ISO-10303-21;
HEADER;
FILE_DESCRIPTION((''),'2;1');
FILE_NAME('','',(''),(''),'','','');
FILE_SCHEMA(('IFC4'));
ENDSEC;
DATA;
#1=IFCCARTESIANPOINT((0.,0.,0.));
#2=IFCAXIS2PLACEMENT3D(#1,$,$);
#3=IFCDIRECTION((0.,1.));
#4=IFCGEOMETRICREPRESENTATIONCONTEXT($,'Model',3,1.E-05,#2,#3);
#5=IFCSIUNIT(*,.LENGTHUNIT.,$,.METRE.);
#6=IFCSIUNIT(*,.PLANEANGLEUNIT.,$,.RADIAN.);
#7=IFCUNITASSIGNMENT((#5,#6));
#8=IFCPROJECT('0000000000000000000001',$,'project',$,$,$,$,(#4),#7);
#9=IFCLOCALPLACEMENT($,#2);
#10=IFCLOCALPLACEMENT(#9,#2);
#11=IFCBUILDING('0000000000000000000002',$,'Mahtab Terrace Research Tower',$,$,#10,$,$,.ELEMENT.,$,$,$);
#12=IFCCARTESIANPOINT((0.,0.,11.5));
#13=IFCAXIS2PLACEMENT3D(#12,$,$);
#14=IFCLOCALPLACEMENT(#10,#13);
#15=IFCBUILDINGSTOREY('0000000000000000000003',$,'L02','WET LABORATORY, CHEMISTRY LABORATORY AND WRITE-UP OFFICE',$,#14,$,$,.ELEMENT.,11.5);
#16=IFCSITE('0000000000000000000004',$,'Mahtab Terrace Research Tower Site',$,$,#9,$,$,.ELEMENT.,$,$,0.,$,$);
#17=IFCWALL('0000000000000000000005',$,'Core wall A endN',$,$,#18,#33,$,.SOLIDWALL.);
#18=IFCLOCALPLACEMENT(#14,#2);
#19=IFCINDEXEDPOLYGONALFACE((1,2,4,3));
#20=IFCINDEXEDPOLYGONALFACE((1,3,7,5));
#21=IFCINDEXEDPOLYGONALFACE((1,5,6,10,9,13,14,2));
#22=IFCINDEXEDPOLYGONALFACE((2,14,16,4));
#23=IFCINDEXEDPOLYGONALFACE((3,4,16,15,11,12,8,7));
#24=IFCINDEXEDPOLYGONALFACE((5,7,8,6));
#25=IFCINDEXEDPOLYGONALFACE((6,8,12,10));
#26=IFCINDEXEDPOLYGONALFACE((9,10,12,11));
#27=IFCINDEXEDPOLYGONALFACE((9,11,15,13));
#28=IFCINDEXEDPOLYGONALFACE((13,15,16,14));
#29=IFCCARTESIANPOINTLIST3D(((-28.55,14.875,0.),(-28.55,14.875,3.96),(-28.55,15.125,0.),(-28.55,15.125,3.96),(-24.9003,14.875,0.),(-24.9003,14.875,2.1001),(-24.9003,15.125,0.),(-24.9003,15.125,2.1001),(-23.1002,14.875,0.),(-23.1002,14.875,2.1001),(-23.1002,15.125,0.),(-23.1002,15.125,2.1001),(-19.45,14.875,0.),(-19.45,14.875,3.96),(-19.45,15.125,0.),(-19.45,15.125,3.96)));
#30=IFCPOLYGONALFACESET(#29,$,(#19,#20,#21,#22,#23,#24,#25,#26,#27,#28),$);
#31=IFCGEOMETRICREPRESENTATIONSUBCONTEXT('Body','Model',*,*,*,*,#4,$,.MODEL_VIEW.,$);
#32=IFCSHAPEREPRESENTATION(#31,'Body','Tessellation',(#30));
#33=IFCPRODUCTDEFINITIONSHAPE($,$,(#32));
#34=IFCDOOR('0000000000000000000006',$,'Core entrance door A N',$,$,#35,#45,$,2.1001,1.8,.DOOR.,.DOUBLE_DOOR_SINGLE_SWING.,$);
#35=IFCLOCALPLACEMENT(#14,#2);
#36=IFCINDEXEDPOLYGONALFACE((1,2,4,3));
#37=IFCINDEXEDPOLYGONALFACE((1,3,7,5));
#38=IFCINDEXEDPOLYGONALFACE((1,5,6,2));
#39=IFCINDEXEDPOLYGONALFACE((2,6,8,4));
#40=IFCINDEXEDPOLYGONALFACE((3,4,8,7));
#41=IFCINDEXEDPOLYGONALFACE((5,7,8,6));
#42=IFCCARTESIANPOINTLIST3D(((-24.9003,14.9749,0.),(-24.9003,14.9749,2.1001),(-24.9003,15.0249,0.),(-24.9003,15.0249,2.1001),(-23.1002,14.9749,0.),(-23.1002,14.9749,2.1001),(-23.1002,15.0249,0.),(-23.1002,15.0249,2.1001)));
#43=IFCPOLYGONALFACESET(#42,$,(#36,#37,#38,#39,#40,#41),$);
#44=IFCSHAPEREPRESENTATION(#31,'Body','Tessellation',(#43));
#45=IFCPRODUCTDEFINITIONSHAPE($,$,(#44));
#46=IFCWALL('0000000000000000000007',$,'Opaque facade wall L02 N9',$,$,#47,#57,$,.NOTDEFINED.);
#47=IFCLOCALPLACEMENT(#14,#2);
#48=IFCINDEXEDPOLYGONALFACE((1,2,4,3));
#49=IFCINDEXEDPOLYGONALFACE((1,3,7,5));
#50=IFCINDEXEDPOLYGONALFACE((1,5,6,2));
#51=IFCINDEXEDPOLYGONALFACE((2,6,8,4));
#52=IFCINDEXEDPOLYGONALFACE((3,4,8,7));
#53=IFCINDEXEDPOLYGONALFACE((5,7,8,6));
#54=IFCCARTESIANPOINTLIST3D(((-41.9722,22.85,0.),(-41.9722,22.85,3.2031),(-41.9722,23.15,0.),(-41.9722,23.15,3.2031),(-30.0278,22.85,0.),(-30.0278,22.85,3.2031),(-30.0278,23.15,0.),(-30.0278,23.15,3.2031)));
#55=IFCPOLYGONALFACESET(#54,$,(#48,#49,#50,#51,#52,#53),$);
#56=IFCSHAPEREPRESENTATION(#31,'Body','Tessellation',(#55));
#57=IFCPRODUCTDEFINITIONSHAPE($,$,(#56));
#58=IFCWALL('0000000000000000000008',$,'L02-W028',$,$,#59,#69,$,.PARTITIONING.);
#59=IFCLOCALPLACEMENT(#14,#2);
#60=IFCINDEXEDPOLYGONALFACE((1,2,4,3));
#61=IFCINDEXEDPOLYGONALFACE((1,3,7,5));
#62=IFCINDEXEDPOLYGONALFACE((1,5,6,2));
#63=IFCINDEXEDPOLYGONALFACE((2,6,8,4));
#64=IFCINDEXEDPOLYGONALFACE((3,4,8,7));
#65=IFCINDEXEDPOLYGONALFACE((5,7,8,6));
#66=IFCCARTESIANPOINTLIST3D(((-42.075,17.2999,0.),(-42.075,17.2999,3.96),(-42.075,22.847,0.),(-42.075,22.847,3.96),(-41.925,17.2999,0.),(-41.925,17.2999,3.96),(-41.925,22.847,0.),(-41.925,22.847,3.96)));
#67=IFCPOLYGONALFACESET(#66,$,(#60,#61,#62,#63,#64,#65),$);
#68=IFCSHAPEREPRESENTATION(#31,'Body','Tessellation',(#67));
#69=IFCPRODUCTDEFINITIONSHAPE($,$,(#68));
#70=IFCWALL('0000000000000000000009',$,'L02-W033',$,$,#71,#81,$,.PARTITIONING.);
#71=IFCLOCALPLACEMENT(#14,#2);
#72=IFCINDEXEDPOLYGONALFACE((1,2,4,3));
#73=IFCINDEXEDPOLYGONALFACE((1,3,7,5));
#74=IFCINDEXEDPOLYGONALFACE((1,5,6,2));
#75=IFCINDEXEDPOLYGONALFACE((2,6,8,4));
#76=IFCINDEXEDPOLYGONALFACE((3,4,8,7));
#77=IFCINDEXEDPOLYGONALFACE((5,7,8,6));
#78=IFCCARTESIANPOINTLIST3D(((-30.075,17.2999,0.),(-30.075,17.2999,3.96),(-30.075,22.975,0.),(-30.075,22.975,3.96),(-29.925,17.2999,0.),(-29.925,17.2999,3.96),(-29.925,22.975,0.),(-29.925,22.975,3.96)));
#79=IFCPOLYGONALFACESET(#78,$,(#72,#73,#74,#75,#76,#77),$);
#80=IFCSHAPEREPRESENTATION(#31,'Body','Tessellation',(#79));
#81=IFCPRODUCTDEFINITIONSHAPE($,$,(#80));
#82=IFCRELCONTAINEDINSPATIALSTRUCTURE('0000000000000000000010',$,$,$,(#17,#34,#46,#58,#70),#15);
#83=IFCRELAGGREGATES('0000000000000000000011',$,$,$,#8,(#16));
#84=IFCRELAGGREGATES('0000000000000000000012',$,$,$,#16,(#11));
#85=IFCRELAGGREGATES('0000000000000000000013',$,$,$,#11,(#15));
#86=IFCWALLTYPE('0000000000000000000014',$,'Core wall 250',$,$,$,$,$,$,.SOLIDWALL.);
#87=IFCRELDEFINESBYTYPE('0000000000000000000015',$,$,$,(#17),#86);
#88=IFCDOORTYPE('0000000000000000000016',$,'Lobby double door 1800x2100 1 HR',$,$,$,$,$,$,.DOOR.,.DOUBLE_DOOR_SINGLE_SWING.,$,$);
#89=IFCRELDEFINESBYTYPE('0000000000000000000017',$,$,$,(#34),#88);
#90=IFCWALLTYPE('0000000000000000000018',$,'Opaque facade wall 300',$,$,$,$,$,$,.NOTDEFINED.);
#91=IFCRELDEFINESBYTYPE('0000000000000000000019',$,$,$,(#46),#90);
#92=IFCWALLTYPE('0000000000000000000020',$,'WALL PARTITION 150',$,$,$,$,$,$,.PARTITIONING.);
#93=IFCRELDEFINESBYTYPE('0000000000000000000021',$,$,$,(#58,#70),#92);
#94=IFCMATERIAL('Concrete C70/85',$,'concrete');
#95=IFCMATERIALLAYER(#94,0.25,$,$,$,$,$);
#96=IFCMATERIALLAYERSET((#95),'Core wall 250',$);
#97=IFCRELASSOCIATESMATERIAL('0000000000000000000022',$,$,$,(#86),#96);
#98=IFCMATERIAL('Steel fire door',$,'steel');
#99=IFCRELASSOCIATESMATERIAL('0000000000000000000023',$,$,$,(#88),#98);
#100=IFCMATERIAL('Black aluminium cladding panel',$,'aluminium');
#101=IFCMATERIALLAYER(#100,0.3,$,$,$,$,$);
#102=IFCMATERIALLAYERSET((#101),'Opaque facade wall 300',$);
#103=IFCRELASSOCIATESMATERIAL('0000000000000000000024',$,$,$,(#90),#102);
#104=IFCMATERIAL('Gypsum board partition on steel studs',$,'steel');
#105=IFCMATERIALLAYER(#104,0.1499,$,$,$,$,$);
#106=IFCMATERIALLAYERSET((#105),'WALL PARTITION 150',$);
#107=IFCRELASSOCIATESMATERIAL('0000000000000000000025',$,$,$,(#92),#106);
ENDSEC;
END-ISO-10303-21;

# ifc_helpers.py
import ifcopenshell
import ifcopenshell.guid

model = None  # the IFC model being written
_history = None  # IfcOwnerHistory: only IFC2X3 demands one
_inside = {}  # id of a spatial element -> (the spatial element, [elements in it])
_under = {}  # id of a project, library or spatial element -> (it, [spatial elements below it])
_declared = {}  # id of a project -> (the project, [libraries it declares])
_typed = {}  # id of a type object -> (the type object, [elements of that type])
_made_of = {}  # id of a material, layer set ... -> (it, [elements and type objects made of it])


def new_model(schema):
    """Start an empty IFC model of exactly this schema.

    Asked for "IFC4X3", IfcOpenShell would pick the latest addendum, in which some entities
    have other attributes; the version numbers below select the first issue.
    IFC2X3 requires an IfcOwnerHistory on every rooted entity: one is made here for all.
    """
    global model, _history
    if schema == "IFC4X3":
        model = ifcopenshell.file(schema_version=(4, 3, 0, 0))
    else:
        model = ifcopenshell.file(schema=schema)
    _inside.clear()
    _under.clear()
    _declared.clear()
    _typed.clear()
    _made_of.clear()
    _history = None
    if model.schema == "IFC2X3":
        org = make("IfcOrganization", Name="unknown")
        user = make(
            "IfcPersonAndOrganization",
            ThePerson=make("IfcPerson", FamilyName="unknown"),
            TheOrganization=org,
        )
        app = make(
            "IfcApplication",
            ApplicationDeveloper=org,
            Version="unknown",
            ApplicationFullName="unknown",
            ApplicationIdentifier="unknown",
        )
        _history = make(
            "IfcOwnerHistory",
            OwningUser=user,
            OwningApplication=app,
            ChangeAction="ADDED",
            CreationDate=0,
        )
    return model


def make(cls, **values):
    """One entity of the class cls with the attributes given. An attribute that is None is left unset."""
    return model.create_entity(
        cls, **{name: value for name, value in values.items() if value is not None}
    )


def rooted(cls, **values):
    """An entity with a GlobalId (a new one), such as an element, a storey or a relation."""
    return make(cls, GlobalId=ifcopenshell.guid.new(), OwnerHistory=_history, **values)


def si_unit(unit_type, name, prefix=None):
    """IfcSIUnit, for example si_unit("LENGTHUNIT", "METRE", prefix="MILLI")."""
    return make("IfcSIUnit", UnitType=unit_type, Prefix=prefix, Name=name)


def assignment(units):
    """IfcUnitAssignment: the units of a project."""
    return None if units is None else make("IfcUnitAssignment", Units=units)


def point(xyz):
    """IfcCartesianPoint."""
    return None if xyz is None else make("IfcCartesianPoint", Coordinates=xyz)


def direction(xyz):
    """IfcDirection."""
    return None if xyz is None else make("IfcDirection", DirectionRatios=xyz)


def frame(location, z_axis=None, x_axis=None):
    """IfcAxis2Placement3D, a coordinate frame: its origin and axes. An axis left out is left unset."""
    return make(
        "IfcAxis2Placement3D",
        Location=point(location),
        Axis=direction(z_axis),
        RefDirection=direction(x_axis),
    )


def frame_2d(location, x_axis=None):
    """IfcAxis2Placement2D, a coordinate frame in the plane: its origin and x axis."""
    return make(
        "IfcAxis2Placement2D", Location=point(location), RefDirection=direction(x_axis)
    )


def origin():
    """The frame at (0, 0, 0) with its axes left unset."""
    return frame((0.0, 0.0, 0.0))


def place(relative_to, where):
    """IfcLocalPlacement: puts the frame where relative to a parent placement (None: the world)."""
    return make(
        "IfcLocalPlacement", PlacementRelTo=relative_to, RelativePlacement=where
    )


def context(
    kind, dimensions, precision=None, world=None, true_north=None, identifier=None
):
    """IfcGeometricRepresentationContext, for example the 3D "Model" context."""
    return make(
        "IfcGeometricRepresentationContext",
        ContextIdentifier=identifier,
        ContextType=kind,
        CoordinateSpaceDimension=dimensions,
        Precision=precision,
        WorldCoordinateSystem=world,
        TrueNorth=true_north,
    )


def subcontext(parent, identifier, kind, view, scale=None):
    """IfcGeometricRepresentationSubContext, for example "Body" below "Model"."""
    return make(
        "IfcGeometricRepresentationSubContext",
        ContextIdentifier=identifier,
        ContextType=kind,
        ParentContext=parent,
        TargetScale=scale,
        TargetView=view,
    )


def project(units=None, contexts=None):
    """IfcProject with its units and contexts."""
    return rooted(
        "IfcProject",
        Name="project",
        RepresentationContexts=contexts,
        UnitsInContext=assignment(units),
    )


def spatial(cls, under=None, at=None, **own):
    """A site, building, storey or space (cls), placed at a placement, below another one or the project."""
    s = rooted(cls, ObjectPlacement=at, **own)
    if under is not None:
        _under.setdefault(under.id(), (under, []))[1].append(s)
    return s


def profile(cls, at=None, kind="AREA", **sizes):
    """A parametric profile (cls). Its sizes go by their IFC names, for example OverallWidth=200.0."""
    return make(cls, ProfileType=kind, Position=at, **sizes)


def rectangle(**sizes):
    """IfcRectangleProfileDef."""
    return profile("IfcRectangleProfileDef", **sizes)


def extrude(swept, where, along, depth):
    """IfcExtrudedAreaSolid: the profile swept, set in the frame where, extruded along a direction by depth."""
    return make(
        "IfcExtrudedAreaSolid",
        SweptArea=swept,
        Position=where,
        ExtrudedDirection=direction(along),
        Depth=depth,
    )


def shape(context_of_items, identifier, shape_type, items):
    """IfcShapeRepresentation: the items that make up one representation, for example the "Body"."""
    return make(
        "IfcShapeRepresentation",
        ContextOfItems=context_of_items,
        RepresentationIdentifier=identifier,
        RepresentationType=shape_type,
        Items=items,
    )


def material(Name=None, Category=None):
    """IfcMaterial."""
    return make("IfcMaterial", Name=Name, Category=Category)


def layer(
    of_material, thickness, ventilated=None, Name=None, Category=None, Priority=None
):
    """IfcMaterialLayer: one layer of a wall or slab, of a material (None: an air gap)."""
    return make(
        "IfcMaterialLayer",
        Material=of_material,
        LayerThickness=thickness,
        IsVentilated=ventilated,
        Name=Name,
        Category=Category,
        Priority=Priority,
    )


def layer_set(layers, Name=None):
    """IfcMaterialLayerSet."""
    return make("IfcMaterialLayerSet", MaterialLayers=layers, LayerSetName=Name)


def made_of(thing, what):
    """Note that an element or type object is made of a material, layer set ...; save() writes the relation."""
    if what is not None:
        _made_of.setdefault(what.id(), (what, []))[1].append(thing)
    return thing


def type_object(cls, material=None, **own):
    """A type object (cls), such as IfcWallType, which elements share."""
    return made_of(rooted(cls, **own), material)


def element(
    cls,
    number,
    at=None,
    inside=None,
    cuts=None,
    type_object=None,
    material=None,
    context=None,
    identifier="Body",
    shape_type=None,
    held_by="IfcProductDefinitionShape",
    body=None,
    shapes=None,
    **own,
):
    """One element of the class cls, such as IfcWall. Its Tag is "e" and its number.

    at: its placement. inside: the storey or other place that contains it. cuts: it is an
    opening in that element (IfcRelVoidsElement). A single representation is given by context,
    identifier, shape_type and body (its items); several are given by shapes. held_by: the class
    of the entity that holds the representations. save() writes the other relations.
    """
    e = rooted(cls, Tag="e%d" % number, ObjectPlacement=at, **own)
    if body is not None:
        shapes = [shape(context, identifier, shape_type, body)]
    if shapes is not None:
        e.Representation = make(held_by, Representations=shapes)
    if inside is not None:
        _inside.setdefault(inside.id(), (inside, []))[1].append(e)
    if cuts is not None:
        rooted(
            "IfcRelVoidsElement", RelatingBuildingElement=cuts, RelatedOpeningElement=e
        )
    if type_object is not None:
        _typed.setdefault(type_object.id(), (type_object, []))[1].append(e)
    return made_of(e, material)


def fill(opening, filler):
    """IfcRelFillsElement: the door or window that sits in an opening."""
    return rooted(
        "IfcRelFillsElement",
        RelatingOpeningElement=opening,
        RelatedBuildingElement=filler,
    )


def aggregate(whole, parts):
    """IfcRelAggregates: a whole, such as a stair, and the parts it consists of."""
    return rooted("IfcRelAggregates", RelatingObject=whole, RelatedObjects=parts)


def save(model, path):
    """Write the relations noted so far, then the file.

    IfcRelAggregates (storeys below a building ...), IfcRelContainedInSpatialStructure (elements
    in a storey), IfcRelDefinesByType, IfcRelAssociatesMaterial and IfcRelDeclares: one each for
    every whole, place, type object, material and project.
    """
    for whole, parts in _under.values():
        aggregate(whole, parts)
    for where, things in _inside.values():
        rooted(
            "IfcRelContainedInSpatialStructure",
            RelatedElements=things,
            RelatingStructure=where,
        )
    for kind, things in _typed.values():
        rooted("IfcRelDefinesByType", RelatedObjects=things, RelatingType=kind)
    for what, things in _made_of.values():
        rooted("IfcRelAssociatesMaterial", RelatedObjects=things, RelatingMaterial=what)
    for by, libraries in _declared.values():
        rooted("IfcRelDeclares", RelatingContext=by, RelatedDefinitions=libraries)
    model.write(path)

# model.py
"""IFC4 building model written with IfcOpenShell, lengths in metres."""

from ifc_helpers import new_model, si_unit, direction, frame, frame_2d, origin, place, context, subcontext, project, spatial, rectangle, extrude, material, layer, layer_set, type_object, element, fill, save


model = new_model("IFC4")

# Units and contexts
model_context = context("Model", 3, precision=1e-05, world=origin(), true_north=direction((0.0, 1.0)))
body_context = subcontext(model_context, "Body", "Model", "MODEL_VIEW")
ifc_project = project(units=[si_unit("LENGTHUNIT", "METRE"), si_unit("PLANEANGLEUNIT", "RADIAN")], contexts=[model_context])

# Site, building, storey
site_placement = place(None, origin())
site = spatial("IfcSite", under=ifc_project, at=site_placement, Name="Mahtab Terrace Research Tower Site", CompositionType="ELEMENT", RefElevation=0.0)
building_placement = place(site_placement, origin())
building = spatial("IfcBuilding", under=site, at=building_placement, Name="Mahtab Terrace Research Tower", CompositionType="ELEMENT")
storey_placement = place(building_placement, frame((0.0, 0.0, 11.5)))
storey = spatial("IfcBuildingStorey", under=building, at=storey_placement, Name="L02", Description="WET LABORATORY, CHEMISTRY LABORATORY AND WRITE-UP OFFICE", CompositionType="ELEMENT", Elevation=11.5)

# Shared definitions
ifc_material_1 = material(Name="Concrete C70/85", Category="concrete")

# Shared definitions
ifc_layer_1 = layer(ifc_material_1, 0.25)
ifc_layer_set_1 = layer_set([ifc_layer_1], Name="Core wall 250")
wall_type_1 = type_object("IfcWallType", Name="Core wall 250", PredefinedType="SOLIDWALL", material=ifc_layer_set_1)

# Wall, opening, door
wall_1_placement = place(storey_placement, frame((-28.55, 15.0, 0.0), z_axis=(0.0, 0.0, 1.0), x_axis=(1.0, 0.0, 0.0)))
wall_1 = element("IfcWall", 1, at=wall_1_placement, inside=storey, type_object=wall_type_1, Name="Core wall A endN", PredefinedType="SOLIDWALL", context=body_context, shape_type="SweptSolid", body=[
    extrude(rectangle(XDim=9.1001, YDim=0.25, at=frame_2d((4.55, 0.0))), origin(), (0.0, 0.0, 1.0), 3.96),
])
opening_placement = place(wall_1_placement, frame((3.6499, 0.0, 0.0)))
opening = element("IfcOpeningElement", 2, at=opening_placement, cuts=wall_1, PredefinedType="OPENING", context=body_context, shape_type="SweptSolid", body=[
    extrude(rectangle(XDim=1.8, YDim=2.1001, at=frame_2d((0.8999, 1.05))), frame((0.0, 0.135, 0.0), z_axis=(0.0, -1.0, 0.0), x_axis=(1.0, 0.0, 0.0)), (0.0, 0.0, 1.0), 0.27),
])
ifc_material_2 = material(Name="Steel fire door", Category="steel")
door_type = type_object("IfcDoorType", Name="Lobby double door 1800x2100 1 HR", OperationType="DOUBLE_DOOR_SINGLE_SWING", PredefinedType="DOOR", material=ifc_material_2)
door_placement = place(opening_placement, origin())
door = element("IfcDoor", 3, at=door_placement, inside=storey, type_object=door_type, Name="Core entrance door A N", OperationType="DOUBLE_DOOR_SINGLE_SWING", OverallHeight=2.1001, OverallWidth=1.8, PredefinedType="DOOR", context=body_context, shape_type="SweptSolid", body=[
    extrude(rectangle(XDim=1.8, YDim=2.1001, at=frame_2d((0.8999, 1.05))), frame((0.0, 0.0249, 0.0), z_axis=(0.0, -1.0, 0.0), x_axis=(1.0, 0.0, 0.0)), (0.0, 0.0, 1.0), 0.05),
])
fill(opening, door)

# Walls
ifc_material_3 = material(Name="Black aluminium cladding panel", Category="aluminium")
ifc_layer_2 = layer(ifc_material_3, 0.3)
ifc_layer_set_2 = layer_set([ifc_layer_2], Name="Opaque facade wall 300")
wall_type_2 = type_object("IfcWallType", Name="Opaque facade wall 300", PredefinedType="NOTDEFINED", material=ifc_layer_set_2)
wall_2_placement = place(storey_placement, frame((-30.0278, 23.0, 0.0), z_axis=(0.0, 0.0, 1.0), x_axis=(-1.0, 0.0, 0.0)))
element("IfcWall", 4, at=wall_2_placement, inside=storey, type_object=wall_type_2, Name="Opaque facade wall L02 N9", PredefinedType="NOTDEFINED", context=body_context, shape_type="SweptSolid", body=[
    extrude(rectangle(XDim=11.9443, YDim=0.3, at=frame_2d((5.9722, 0.0))), origin(), (0.0, 0.0, 1.0), 3.2031),
])
ifc_material_4 = material(Name="Gypsum board partition on steel studs", Category="steel")
ifc_layer_3 = layer(ifc_material_4, 0.1499)
ifc_layer_set_3 = layer_set([ifc_layer_3], Name="WALL PARTITION 150")
wall_type_3 = type_object("IfcWallType", Name="WALL PARTITION 150", PredefinedType="PARTITIONING", material=ifc_layer_set_3)
wall_3_placement = place(storey_placement, frame((-42.0, 17.3, 0.0), z_axis=(0.0, 0.0, 1.0), x_axis=(0.0, 1.0, 0.0)))
element("IfcWall", 5, at=wall_3_placement, inside=storey, type_object=wall_type_3, Name="L02-W028", PredefinedType="PARTITIONING", context=body_context, shape_type="SweptSolid", body=[
    extrude(rectangle(XDim=5.5471, YDim=0.1499, at=frame_2d((2.7734, 0.0))), origin(), (0.0, 0.0, 1.0), 3.96),
])
wall_4_placement = place(storey_placement, frame((-30.0, 17.3, 0.0), z_axis=(0.0, 0.0, 1.0), x_axis=(0.0, 1.0, 0.0)))
element("IfcWall", 6, at=wall_4_placement, inside=storey, type_object=wall_type_3, Name="L02-W033", PredefinedType="PARTITIONING", context=body_context, shape_type="SweptSolid", body=[
    extrude(rectangle(XDim=5.675, YDim=0.1499, at=frame_2d((2.8374, 0.0))), origin(), (0.0, 0.0, 1.0), 3.96),
])

save(model, "model.ifc")
